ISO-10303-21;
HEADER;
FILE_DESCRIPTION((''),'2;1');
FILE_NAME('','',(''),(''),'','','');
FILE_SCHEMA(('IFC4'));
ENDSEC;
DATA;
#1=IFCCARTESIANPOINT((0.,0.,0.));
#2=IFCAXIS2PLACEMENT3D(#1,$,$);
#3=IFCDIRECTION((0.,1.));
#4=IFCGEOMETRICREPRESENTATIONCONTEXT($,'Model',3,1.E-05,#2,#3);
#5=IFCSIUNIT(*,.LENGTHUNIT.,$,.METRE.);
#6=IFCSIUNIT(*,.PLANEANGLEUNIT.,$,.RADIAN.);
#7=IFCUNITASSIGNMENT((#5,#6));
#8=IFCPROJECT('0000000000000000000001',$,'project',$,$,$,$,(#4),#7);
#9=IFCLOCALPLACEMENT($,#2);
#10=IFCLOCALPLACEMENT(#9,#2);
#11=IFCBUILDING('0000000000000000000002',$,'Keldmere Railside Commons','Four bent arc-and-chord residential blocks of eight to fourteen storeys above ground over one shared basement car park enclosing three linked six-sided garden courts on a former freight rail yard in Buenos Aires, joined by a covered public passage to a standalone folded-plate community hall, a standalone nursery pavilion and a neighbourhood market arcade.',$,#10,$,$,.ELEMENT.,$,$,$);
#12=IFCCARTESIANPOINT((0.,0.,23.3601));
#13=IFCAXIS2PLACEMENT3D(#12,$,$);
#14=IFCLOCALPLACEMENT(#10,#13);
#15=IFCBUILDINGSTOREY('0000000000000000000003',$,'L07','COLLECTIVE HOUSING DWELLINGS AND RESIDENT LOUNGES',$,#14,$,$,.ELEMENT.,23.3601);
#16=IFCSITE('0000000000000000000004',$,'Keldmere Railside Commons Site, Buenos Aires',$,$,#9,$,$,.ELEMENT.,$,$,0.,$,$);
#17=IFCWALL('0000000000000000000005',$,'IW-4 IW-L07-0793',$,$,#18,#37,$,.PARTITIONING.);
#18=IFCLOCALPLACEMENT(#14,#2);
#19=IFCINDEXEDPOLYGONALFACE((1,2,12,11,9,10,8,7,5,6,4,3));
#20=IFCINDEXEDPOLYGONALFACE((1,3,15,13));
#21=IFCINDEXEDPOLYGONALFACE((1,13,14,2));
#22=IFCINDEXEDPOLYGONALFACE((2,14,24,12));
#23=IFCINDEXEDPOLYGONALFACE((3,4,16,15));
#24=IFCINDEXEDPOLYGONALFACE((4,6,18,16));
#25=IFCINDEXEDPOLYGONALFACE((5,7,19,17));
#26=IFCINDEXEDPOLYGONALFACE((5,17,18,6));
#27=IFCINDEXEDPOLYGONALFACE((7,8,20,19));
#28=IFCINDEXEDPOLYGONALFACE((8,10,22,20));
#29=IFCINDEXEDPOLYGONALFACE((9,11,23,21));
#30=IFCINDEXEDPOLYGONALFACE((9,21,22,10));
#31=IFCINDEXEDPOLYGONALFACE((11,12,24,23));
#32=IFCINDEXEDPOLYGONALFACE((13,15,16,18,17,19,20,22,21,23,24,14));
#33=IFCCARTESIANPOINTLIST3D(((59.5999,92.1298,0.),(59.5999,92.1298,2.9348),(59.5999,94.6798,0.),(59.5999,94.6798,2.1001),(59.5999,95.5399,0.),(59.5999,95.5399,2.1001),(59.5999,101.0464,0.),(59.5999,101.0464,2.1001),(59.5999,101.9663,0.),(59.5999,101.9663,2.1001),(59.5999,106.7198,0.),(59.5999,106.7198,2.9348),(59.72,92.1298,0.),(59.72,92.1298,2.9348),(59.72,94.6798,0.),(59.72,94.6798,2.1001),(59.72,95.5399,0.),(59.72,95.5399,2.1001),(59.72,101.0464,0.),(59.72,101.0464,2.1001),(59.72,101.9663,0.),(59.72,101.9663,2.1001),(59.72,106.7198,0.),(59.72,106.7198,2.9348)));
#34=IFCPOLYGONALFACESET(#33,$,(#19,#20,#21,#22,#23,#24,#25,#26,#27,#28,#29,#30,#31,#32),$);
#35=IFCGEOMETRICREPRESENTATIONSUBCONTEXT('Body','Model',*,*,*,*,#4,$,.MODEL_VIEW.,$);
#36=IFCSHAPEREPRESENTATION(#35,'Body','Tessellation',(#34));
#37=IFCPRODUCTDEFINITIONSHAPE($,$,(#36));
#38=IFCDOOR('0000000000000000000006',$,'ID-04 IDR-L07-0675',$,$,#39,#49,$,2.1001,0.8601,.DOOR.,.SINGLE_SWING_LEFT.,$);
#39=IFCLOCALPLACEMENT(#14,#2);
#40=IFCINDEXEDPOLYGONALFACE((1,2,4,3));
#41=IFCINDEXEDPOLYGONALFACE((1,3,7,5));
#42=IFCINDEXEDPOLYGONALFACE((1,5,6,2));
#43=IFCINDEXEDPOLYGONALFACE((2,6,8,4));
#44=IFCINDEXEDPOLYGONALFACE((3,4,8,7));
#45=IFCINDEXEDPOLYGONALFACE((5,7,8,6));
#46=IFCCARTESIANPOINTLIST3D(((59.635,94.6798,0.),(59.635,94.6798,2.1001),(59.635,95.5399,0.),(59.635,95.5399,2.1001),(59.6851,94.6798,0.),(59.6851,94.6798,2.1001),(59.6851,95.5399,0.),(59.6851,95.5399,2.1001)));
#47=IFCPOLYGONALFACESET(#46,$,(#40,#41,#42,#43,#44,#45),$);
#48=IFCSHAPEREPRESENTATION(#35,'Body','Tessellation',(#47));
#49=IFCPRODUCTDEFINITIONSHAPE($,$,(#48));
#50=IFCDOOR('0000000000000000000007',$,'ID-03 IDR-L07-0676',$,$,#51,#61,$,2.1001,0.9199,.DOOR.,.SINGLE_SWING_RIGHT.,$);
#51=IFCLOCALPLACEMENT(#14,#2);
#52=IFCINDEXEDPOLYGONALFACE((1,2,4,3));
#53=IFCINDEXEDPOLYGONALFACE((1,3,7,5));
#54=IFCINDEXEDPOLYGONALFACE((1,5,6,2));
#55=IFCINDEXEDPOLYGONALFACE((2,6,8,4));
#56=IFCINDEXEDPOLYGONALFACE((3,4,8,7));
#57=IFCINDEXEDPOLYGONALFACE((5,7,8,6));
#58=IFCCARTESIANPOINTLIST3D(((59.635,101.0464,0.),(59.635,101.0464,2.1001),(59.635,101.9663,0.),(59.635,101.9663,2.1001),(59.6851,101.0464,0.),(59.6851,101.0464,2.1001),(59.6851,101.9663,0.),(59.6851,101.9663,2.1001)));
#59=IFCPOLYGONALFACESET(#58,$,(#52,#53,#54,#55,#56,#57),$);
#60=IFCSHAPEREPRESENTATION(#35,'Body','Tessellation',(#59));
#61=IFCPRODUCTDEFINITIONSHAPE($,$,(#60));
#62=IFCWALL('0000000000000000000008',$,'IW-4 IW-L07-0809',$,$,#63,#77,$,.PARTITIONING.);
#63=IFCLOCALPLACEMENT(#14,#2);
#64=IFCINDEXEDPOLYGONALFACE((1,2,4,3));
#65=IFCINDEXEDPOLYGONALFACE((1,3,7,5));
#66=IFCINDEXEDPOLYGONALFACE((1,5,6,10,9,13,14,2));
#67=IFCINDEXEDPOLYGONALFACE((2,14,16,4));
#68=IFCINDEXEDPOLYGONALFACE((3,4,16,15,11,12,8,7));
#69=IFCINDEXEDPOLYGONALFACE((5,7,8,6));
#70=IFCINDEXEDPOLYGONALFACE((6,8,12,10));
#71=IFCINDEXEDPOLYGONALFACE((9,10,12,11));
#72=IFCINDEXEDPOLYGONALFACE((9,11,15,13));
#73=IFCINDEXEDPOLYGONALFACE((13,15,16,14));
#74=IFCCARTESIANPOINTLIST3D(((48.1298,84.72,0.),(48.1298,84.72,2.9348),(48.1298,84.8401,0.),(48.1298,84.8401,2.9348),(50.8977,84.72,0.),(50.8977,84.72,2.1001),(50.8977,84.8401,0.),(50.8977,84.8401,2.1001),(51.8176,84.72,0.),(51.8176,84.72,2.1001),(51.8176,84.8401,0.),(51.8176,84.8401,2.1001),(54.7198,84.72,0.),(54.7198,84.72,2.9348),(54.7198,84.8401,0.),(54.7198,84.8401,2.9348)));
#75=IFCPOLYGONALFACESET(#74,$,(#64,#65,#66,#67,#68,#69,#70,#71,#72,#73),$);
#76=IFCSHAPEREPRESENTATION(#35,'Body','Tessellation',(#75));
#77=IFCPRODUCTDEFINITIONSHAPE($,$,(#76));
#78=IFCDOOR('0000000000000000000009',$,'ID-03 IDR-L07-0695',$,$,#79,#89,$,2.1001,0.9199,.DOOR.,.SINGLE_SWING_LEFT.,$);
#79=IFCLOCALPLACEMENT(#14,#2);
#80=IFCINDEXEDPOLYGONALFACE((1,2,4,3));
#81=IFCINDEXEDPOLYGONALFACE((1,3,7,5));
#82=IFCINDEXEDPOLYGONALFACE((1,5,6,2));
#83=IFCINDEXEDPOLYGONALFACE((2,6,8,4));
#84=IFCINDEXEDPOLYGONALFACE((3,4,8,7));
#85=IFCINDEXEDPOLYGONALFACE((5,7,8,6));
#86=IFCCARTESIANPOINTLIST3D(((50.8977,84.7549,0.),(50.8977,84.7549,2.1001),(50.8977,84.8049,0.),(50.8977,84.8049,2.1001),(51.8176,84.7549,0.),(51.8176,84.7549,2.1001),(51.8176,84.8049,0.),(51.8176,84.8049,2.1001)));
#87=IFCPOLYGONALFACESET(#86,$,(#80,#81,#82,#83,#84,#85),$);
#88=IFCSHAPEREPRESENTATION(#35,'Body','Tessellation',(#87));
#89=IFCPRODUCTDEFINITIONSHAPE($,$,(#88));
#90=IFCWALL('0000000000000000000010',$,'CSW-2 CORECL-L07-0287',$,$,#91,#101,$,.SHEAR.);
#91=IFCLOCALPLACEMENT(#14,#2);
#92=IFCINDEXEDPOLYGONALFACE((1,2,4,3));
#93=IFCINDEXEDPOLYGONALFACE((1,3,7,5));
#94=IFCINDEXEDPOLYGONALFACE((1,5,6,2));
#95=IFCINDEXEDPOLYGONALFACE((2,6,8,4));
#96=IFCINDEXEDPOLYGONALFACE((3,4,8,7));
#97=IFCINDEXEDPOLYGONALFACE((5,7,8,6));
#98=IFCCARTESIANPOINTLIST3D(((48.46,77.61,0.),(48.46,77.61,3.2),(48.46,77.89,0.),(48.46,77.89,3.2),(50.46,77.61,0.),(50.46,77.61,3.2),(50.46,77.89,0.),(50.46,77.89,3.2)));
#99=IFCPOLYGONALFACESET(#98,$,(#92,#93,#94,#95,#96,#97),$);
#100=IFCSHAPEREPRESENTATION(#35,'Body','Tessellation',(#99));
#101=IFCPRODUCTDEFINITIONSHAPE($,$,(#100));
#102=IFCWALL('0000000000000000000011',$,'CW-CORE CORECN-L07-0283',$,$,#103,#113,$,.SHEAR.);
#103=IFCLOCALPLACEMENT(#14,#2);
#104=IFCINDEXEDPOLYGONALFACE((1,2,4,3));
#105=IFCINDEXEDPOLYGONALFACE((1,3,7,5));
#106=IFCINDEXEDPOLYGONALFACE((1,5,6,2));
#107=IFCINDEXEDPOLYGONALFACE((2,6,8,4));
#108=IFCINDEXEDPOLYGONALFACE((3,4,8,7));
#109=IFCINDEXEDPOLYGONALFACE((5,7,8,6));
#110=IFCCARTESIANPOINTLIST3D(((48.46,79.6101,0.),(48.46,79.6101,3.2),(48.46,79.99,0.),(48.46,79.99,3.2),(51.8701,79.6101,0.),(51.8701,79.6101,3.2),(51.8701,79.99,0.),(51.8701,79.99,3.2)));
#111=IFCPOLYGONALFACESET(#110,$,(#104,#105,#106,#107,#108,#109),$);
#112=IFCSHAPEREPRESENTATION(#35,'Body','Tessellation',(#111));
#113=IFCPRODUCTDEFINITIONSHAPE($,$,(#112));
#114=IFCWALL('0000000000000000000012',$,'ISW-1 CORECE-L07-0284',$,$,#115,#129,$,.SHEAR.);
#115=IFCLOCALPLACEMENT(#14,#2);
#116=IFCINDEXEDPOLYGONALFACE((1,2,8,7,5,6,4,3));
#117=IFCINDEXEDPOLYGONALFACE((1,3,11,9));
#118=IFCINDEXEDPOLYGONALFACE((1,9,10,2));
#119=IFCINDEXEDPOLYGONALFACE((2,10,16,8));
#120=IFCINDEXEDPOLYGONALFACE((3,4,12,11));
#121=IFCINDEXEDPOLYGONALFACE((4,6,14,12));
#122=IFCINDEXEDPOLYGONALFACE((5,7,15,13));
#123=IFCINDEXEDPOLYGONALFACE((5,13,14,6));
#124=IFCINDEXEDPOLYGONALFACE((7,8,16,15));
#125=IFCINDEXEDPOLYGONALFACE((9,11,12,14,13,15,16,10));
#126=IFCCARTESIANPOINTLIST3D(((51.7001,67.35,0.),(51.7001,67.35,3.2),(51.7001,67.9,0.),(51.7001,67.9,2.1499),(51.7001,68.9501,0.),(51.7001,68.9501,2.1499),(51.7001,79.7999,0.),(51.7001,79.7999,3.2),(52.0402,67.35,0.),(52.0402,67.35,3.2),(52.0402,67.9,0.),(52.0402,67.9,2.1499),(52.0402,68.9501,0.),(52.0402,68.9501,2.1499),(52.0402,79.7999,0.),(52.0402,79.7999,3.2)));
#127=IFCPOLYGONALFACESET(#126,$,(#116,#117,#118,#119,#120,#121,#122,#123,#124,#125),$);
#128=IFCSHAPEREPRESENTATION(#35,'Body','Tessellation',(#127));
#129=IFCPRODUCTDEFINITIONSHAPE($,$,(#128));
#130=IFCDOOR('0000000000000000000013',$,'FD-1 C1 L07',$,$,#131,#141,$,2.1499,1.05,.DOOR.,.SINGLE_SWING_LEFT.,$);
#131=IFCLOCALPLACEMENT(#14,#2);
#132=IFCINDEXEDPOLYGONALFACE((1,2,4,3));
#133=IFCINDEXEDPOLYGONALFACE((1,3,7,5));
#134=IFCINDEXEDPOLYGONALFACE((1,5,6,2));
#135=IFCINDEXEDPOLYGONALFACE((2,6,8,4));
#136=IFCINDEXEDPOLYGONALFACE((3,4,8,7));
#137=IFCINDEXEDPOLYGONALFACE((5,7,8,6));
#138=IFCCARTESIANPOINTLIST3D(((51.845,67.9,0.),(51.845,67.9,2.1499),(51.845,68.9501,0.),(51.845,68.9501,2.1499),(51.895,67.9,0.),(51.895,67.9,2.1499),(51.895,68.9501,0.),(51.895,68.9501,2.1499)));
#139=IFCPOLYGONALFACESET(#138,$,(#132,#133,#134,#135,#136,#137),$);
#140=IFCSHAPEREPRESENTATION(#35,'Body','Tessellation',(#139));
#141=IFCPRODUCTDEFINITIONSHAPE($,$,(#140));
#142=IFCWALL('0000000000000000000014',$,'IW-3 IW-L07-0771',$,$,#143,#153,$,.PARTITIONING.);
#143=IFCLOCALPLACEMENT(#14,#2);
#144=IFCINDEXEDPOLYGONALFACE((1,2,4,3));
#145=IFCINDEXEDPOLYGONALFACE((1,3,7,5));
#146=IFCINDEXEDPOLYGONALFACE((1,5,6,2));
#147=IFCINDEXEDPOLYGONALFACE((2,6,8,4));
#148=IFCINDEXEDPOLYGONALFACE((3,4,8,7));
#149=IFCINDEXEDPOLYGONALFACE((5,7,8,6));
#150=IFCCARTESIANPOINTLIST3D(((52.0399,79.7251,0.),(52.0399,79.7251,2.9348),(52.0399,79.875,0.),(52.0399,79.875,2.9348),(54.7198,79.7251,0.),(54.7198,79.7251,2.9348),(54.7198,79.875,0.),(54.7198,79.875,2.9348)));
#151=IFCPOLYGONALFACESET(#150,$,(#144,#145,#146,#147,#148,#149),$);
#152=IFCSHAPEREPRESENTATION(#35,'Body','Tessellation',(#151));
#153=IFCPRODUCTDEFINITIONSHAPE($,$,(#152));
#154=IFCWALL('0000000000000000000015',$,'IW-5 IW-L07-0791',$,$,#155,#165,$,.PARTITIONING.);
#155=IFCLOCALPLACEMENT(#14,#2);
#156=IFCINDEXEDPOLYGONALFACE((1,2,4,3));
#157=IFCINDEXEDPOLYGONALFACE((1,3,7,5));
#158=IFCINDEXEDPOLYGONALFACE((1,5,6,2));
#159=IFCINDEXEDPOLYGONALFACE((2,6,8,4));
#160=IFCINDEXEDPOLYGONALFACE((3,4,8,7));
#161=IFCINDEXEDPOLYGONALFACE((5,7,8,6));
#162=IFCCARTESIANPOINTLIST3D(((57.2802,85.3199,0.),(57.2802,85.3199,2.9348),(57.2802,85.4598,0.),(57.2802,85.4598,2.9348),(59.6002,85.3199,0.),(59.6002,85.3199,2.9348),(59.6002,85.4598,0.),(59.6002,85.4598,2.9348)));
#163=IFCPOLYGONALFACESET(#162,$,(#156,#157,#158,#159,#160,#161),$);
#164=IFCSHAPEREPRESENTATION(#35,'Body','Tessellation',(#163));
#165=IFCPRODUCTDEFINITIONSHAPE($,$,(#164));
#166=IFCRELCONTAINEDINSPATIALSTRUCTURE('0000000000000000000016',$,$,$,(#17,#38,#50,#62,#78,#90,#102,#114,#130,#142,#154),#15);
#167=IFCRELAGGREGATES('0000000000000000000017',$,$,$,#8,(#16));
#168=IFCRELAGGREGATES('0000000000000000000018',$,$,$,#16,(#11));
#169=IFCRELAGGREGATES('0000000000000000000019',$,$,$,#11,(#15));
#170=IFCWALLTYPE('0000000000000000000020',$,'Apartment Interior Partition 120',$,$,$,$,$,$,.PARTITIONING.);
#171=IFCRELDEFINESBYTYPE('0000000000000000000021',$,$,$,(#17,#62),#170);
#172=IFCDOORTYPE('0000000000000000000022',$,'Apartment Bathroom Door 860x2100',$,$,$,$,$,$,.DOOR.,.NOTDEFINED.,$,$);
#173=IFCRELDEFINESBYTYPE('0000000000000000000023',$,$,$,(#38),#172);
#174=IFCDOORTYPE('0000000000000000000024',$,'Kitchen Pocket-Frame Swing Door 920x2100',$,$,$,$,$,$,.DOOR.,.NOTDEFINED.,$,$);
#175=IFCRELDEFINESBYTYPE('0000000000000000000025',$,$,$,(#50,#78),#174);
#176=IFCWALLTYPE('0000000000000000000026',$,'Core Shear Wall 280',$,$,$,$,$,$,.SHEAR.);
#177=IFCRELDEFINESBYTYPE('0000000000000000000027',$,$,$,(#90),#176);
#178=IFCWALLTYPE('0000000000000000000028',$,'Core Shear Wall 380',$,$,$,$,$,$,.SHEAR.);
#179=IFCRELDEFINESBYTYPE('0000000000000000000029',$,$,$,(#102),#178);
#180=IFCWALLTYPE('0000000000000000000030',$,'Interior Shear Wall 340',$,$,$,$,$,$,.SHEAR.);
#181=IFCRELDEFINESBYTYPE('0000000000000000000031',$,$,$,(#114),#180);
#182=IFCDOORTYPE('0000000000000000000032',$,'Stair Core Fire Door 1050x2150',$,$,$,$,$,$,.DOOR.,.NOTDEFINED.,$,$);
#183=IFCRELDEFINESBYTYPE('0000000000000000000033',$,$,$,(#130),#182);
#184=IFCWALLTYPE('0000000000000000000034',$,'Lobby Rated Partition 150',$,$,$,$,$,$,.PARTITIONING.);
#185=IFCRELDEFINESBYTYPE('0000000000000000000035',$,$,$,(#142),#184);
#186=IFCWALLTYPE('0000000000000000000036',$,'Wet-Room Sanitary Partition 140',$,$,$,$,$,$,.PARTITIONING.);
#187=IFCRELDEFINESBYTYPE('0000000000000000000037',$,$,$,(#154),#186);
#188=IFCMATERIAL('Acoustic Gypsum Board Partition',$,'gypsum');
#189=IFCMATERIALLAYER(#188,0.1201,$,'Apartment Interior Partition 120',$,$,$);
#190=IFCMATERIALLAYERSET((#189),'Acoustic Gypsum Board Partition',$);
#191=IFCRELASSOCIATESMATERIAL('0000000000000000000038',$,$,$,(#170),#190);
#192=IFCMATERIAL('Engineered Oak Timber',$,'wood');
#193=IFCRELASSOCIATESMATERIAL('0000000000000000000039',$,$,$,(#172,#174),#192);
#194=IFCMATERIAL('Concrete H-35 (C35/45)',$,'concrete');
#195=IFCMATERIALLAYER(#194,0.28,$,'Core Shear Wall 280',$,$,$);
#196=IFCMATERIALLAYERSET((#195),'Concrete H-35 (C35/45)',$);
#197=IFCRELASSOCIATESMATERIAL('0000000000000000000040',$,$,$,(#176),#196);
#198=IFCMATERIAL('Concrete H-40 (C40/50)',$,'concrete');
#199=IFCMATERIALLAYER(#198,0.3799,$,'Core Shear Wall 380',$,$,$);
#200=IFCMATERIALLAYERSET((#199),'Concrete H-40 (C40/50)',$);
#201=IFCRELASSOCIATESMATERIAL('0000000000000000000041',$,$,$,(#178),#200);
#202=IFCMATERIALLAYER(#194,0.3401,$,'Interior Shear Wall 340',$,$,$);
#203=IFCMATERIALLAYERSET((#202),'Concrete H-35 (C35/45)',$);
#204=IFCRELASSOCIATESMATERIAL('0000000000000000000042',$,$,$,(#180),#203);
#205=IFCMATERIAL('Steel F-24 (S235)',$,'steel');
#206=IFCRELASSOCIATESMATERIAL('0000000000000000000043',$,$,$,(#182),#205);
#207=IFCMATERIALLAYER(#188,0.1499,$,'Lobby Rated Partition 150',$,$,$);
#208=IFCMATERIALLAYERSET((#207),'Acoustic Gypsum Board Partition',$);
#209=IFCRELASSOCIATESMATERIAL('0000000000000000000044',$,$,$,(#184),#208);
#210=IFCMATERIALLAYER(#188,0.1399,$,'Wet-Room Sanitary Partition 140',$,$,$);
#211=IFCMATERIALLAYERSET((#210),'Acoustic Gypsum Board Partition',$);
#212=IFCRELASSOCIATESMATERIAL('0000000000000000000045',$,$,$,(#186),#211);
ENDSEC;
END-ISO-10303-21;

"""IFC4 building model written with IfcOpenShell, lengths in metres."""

from ifc_helpers import new_model, si_unit, direction, frame, frame_2d, origin, place, context, subcontext, project, spatial, rectangle, extrude, material, layer, layer_set, type_object, element, fill, save


model = new_model("IFC4")

# Units and contexts
model_context = context("Model", 3, precision=1e-05, world=origin(), true_north=direction((0.0, 1.0)))
body_context = subcontext(model_context, "Body", "Model", "MODEL_VIEW")
ifc_project = project(units=[si_unit("LENGTHUNIT", "METRE"), si_unit("PLANEANGLEUNIT", "RADIAN")], contexts=[model_context])

# Site, building, storey
site_placement = place(None, origin())
site = spatial("IfcSite", under=ifc_project, at=site_placement, Name="Keldmere Railside Commons Site, Buenos Aires", CompositionType="ELEMENT", RefElevation=0.0)
building_placement = place(site_placement, origin())
building = spatial("IfcBuilding", under=site, at=building_placement, Name="Keldmere Railside Commons", Description="Four bent arc-and-chord residential blocks of eight to fourteen storeys above ground over one shared basement car park enclosing three linked six-sided garden courts on a former freight rail yard in Buenos Aires, joined by a covered public passage to a standalone folded-plate community hall, a standalone nursery pavilion and a neighbourhood market arcade.", CompositionType="ELEMENT")
storey_placement = place(building_placement, frame((0.0, 0.0, 23.3601)))
storey = spatial("IfcBuildingStorey", under=building, at=storey_placement, Name="L07", Description="COLLECTIVE HOUSING DWELLINGS AND RESIDENT LOUNGES", CompositionType="ELEMENT", Elevation=23.3601)

# Shared definitions
ifc_material_1 = material(Name="Concrete H-35 (C35/45)", Category="concrete")

# Shared definitions
ifc_material_2 = material(Name="Acoustic Gypsum Board Partition", Category="gypsum")

# Shared definitions
ifc_layer_1 = layer(ifc_material_2, 0.1201, Name="Apartment Interior Partition 120")
ifc_layer_set_1 = layer_set([ifc_layer_1], Name="Acoustic Gypsum Board Partition")
wall_type_1 = type_object("IfcWallType", Name="Apartment Interior Partition 120", PredefinedType="PARTITIONING", material=ifc_layer_set_1)
ifc_material_3 = material(Name="Engineered Oak Timber", Category="wood")
door_type_1 = type_object("IfcDoorType", Name="Apartment Bathroom Door 860x2100", OperationType="NOTDEFINED", PredefinedType="DOOR", material=ifc_material_3)
door_type_2 = type_object("IfcDoorType", Name="Kitchen Pocket-Frame Swing Door 920x2100", OperationType="NOTDEFINED", PredefinedType="DOOR", material=ifc_material_3)

# Wall, openings, doors
wall_1_placement = place(storey_placement, frame((59.6599, 92.1299, 0.0), z_axis=(0.0, 0.0, 1.0), x_axis=(0.0, 1.0, 0.0)))
wall_1 = element("IfcWall", 1, at=wall_1_placement, inside=storey, type_object=wall_type_1, Name="IW-4 IW-L07-0793", PredefinedType="PARTITIONING", context=body_context, shape_type="SweptSolid", body=[
    extrude(rectangle(XDim=14.5901, YDim=0.1201, at=frame_2d((7.2949, 0.0))), origin(), (0.0, 0.0, 1.0), 2.9348),
])
opening_1_placement = place(wall_1_placement, frame((2.5498, 0.0, 0.0)))
opening_1 = element("IfcOpeningElement", 2, at=opening_1_placement, cuts=wall_1, PredefinedType="OPENING", context=body_context, shape_type="SweptSolid", body=[
    extrude(rectangle(XDim=0.8601, YDim=2.1001, at=frame_2d((0.4302, 1.05))), frame((0.0, 0.0701, 0.0), z_axis=(0.0, -1.0, 0.0), x_axis=(1.0, 0.0, 0.0)), (0.0, 0.0, 1.0), 0.1401),
])
opening_2_placement = place(wall_1_placement, frame((8.9165, 0.0, 0.0)))
opening_2 = element("IfcOpeningElement", 3, at=opening_2_placement, cuts=wall_1, PredefinedType="OPENING", context=body_context, shape_type="SweptSolid", body=[
    extrude(rectangle(XDim=0.9199, YDim=2.1001, at=frame_2d((0.46, 1.05))), frame((0.0, 0.0701, 0.0), z_axis=(0.0, -1.0, 0.0), x_axis=(1.0, 0.0, 0.0)), (0.0, 0.0, 1.0), 0.1401),
])
door_1_placement = place(opening_1_placement, origin())
door_1 = element("IfcDoor", 4, at=door_1_placement, inside=storey, type_object=door_type_1, Name="ID-04 IDR-L07-0675", OperationType="SINGLE_SWING_LEFT", OverallHeight=2.1001, OverallWidth=0.8601, PredefinedType="DOOR", context=body_context, shape_type="SweptSolid", body=[
    extrude(rectangle(XDim=0.8601, YDim=2.1001, at=frame_2d((0.4302, 1.05))), frame((0.0, 0.0249, 0.0), z_axis=(0.0, -1.0, 0.0), x_axis=(1.0, 0.0, 0.0)), (0.0, 0.0, 1.0), 0.05),
])
fill(opening_1, door_1)
door_2_placement = place(opening_2_placement, origin())
door_2 = element("IfcDoor", 5, at=door_2_placement, inside=storey, type_object=door_type_2, Name="ID-03 IDR-L07-0676", OperationType="SINGLE_SWING_RIGHT", OverallHeight=2.1001, OverallWidth=0.9199, PredefinedType="DOOR", context=body_context, shape_type="SweptSolid", body=[
    extrude(rectangle(XDim=0.9199, YDim=2.1001, at=frame_2d((0.46, 1.05))), frame((0.0, 0.0249, 0.0), z_axis=(0.0, -1.0, 0.0), x_axis=(1.0, 0.0, 0.0)), (0.0, 0.0, 1.0), 0.05),
])
fill(opening_2, door_2)

# Wall, opening, door
wall_2_placement = place(storey_placement, frame((48.1299, 84.78, 0.0), z_axis=(0.0, 0.0, 1.0), x_axis=(1.0, 0.0, 0.0)))
wall_2 = element("IfcWall", 6, at=wall_2_placement, inside=storey, type_object=wall_type_1, Name="IW-4 IW-L07-0809", PredefinedType="PARTITIONING", context=body_context, shape_type="SweptSolid", body=[
    extrude(rectangle(XDim=6.5901, YDim=0.1201, at=frame_2d((3.2949, 0.0))), origin(), (0.0, 0.0, 1.0), 2.9348),
])
opening_3_placement = place(wall_2_placement, frame((2.7678, 0.0, 0.0)))
opening_3 = element("IfcOpeningElement", 7, at=opening_3_placement, cuts=wall_2, PredefinedType="OPENING", context=body_context, shape_type="SweptSolid", body=[
    extrude(rectangle(XDim=0.9199, YDim=2.1001, at=frame_2d((0.46, 1.05))), frame((0.0, 0.0701, 0.0), z_axis=(0.0, -1.0, 0.0), x_axis=(1.0, 0.0, 0.0)), (0.0, 0.0, 1.0), 0.1401),
])
door_3_placement = place(opening_3_placement, origin())
door_3 = element("IfcDoor", 8, at=door_3_placement, inside=storey, type_object=door_type_2, Name="ID-03 IDR-L07-0695", OperationType="SINGLE_SWING_LEFT", OverallHeight=2.1001, OverallWidth=0.9199, PredefinedType="DOOR", context=body_context, shape_type="SweptSolid", body=[
    extrude(rectangle(XDim=0.9199, YDim=2.1001, at=frame_2d((0.46, 1.05))), frame((0.0, 0.0249, 0.0), z_axis=(0.0, -1.0, 0.0), x_axis=(1.0, 0.0, 0.0)), (0.0, 0.0, 1.0), 0.05),
])
fill(opening_3, door_3)

# Walls
ifc_layer_2 = layer(ifc_material_1, 0.28, Name="Core Shear Wall 280")
ifc_layer_set_2 = layer_set([ifc_layer_2], Name="Concrete H-35 (C35/45)")
wall_type_2 = type_object("IfcWallType", Name="Core Shear Wall 280", PredefinedType="SHEAR", material=ifc_layer_set_2)
wall_3_placement = place(storey_placement, frame((48.46, 77.75, 0.0), z_axis=(0.0, 0.0, 1.0), x_axis=(1.0, 0.0, 0.0)))
element("IfcWall", 9, at=wall_3_placement, inside=storey, type_object=wall_type_2, Name="CSW-2 CORECL-L07-0287", PredefinedType="SHEAR", context=body_context, shape_type="SweptSolid", body=[
    extrude(rectangle(XDim=2.0, YDim=0.28, at=frame_2d((1.0, 0.0))), origin(), (0.0, 0.0, 1.0), 3.2),
])
ifc_material_4 = material(Name="Concrete H-40 (C40/50)", Category="concrete")
ifc_layer_3 = layer(ifc_material_4, 0.3799, Name="Core Shear Wall 380")
ifc_layer_set_3 = layer_set([ifc_layer_3], Name="Concrete H-40 (C40/50)")
wall_type_3 = type_object("IfcWallType", Name="Core Shear Wall 380", PredefinedType="SHEAR", material=ifc_layer_set_3)
wall_4_placement = place(storey_placement, frame((48.46, 79.8, 0.0), z_axis=(0.0, 0.0, 1.0), x_axis=(1.0, 0.0, 0.0)))
element("IfcWall", 10, at=wall_4_placement, inside=storey, type_object=wall_type_3, Name="CW-CORE CORECN-L07-0283", PredefinedType="SHEAR", context=body_context, shape_type="SweptSolid", body=[
    extrude(rectangle(XDim=3.4102, YDim=0.3799, at=frame_2d((1.7051, 0.0))), origin(), (0.0, 0.0, 1.0), 3.2),
])

# Wall, opening, door
ifc_layer_4 = layer(ifc_material_1, 0.3401, Name="Interior Shear Wall 340")
ifc_layer_set_4 = layer_set([ifc_layer_4], Name="Concrete H-35 (C35/45)")
wall_type_4 = type_object("IfcWallType", Name="Interior Shear Wall 340", PredefinedType="SHEAR", material=ifc_layer_set_4)
wall_5_placement = place(storey_placement, frame((51.8701, 79.8, 0.0), z_axis=(0.0, 0.0, 1.0), x_axis=(0.0, -1.0, 0.0)))
wall_5 = element("IfcWall", 11, at=wall_5_placement, inside=storey, type_object=wall_type_4, Name="ISW-1 CORECE-L07-0284", PredefinedType="SHEAR", context=body_context, shape_type="SweptSolid", body=[
    extrude(rectangle(XDim=12.45, YDim=0.3401, at=frame_2d((6.2251, 0.0))), origin(), (0.0, 0.0, 1.0), 3.2),
])
opening_4_placement = place(wall_5_placement, frame((10.8501, 0.0, 0.0)))
opening_4 = element("IfcOpeningElement", 12, at=opening_4_placement, cuts=wall_5, PredefinedType="OPENING", context=body_context, shape_type="SweptSolid", body=[
    extrude(rectangle(XDim=1.05, YDim=2.1499, at=frame_2d((0.5249, 1.075))), frame((0.0, 0.1799, 0.0), z_axis=(0.0, -1.0, 0.0), x_axis=(1.0, 0.0, 0.0)), (0.0, 0.0, 1.0), 0.3601),
])
ifc_material_5 = material(Name="Steel F-24 (S235)", Category="steel")
door_type_3 = type_object("IfcDoorType", Name="Stair Core Fire Door 1050x2150", OperationType="NOTDEFINED", PredefinedType="DOOR", material=ifc_material_5)
door_4_placement = place(opening_4_placement, origin())
door_4 = element("IfcDoor", 13, at=door_4_placement, inside=storey, type_object=door_type_3, Name="FD-1 C1 L07", OperationType="SINGLE_SWING_LEFT", OverallHeight=2.1499, OverallWidth=1.05, PredefinedType="DOOR", context=body_context, shape_type="SweptSolid", body=[
    extrude(rectangle(XDim=1.05, YDim=2.1499, at=frame_2d((0.5249, 1.075))), frame((0.0, 0.0249, 0.0), z_axis=(0.0, -1.0, 0.0), x_axis=(1.0, 0.0, 0.0)), (0.0, 0.0, 1.0), 0.05),
])
fill(opening_4, door_4)

# Walls
ifc_layer_5 = layer(ifc_material_2, 0.1499, Name="Lobby Rated Partition 150")
ifc_layer_set_5 = layer_set([ifc_layer_5], Name="Acoustic Gypsum Board Partition")
wall_type_5 = type_object("IfcWallType", Name="Lobby Rated Partition 150", PredefinedType="PARTITIONING", material=ifc_layer_set_5)
wall_6_placement = place(storey_placement, frame((52.04, 79.8, 0.0), z_axis=(0.0, 0.0, 1.0), x_axis=(1.0, 0.0, 0.0)))
element("IfcWall", 14, at=wall_6_placement, inside=storey, type_object=wall_type_5, Name="IW-3 IW-L07-0771", PredefinedType="PARTITIONING", context=body_context, shape_type="SweptSolid", body=[
    extrude(rectangle(XDim=2.6799, YDim=0.1499, at=frame_2d((1.3398, 0.0))), origin(), (0.0, 0.0, 1.0), 2.9348),
])
ifc_layer_6 = layer(ifc_material_2, 0.1399, Name="Wet-Room Sanitary Partition 140")
ifc_layer_set_6 = layer_set([ifc_layer_6], Name="Acoustic Gypsum Board Partition")
wall_type_6 = type_object("IfcWallType", Name="Wet-Room Sanitary Partition 140", PredefinedType="PARTITIONING", material=ifc_layer_set_6)
wall_7_placement = place(storey_placement, frame((57.28, 85.3899, 0.0), z_axis=(0.0, 0.0, 1.0), x_axis=(1.0, 0.0, 0.0)))
element("IfcWall", 15, at=wall_7_placement, inside=storey, type_object=wall_type_6, Name="IW-5 IW-L07-0791", PredefinedType="PARTITIONING", context=body_context, shape_type="SweptSolid", body=[
    extrude(rectangle(XDim=2.3201, YDim=0.1399, at=frame_2d((1.1602, 0.0))), origin(), (0.0, 0.0, 1.0), 2.9348),
])

save(model, "model.ifc")
